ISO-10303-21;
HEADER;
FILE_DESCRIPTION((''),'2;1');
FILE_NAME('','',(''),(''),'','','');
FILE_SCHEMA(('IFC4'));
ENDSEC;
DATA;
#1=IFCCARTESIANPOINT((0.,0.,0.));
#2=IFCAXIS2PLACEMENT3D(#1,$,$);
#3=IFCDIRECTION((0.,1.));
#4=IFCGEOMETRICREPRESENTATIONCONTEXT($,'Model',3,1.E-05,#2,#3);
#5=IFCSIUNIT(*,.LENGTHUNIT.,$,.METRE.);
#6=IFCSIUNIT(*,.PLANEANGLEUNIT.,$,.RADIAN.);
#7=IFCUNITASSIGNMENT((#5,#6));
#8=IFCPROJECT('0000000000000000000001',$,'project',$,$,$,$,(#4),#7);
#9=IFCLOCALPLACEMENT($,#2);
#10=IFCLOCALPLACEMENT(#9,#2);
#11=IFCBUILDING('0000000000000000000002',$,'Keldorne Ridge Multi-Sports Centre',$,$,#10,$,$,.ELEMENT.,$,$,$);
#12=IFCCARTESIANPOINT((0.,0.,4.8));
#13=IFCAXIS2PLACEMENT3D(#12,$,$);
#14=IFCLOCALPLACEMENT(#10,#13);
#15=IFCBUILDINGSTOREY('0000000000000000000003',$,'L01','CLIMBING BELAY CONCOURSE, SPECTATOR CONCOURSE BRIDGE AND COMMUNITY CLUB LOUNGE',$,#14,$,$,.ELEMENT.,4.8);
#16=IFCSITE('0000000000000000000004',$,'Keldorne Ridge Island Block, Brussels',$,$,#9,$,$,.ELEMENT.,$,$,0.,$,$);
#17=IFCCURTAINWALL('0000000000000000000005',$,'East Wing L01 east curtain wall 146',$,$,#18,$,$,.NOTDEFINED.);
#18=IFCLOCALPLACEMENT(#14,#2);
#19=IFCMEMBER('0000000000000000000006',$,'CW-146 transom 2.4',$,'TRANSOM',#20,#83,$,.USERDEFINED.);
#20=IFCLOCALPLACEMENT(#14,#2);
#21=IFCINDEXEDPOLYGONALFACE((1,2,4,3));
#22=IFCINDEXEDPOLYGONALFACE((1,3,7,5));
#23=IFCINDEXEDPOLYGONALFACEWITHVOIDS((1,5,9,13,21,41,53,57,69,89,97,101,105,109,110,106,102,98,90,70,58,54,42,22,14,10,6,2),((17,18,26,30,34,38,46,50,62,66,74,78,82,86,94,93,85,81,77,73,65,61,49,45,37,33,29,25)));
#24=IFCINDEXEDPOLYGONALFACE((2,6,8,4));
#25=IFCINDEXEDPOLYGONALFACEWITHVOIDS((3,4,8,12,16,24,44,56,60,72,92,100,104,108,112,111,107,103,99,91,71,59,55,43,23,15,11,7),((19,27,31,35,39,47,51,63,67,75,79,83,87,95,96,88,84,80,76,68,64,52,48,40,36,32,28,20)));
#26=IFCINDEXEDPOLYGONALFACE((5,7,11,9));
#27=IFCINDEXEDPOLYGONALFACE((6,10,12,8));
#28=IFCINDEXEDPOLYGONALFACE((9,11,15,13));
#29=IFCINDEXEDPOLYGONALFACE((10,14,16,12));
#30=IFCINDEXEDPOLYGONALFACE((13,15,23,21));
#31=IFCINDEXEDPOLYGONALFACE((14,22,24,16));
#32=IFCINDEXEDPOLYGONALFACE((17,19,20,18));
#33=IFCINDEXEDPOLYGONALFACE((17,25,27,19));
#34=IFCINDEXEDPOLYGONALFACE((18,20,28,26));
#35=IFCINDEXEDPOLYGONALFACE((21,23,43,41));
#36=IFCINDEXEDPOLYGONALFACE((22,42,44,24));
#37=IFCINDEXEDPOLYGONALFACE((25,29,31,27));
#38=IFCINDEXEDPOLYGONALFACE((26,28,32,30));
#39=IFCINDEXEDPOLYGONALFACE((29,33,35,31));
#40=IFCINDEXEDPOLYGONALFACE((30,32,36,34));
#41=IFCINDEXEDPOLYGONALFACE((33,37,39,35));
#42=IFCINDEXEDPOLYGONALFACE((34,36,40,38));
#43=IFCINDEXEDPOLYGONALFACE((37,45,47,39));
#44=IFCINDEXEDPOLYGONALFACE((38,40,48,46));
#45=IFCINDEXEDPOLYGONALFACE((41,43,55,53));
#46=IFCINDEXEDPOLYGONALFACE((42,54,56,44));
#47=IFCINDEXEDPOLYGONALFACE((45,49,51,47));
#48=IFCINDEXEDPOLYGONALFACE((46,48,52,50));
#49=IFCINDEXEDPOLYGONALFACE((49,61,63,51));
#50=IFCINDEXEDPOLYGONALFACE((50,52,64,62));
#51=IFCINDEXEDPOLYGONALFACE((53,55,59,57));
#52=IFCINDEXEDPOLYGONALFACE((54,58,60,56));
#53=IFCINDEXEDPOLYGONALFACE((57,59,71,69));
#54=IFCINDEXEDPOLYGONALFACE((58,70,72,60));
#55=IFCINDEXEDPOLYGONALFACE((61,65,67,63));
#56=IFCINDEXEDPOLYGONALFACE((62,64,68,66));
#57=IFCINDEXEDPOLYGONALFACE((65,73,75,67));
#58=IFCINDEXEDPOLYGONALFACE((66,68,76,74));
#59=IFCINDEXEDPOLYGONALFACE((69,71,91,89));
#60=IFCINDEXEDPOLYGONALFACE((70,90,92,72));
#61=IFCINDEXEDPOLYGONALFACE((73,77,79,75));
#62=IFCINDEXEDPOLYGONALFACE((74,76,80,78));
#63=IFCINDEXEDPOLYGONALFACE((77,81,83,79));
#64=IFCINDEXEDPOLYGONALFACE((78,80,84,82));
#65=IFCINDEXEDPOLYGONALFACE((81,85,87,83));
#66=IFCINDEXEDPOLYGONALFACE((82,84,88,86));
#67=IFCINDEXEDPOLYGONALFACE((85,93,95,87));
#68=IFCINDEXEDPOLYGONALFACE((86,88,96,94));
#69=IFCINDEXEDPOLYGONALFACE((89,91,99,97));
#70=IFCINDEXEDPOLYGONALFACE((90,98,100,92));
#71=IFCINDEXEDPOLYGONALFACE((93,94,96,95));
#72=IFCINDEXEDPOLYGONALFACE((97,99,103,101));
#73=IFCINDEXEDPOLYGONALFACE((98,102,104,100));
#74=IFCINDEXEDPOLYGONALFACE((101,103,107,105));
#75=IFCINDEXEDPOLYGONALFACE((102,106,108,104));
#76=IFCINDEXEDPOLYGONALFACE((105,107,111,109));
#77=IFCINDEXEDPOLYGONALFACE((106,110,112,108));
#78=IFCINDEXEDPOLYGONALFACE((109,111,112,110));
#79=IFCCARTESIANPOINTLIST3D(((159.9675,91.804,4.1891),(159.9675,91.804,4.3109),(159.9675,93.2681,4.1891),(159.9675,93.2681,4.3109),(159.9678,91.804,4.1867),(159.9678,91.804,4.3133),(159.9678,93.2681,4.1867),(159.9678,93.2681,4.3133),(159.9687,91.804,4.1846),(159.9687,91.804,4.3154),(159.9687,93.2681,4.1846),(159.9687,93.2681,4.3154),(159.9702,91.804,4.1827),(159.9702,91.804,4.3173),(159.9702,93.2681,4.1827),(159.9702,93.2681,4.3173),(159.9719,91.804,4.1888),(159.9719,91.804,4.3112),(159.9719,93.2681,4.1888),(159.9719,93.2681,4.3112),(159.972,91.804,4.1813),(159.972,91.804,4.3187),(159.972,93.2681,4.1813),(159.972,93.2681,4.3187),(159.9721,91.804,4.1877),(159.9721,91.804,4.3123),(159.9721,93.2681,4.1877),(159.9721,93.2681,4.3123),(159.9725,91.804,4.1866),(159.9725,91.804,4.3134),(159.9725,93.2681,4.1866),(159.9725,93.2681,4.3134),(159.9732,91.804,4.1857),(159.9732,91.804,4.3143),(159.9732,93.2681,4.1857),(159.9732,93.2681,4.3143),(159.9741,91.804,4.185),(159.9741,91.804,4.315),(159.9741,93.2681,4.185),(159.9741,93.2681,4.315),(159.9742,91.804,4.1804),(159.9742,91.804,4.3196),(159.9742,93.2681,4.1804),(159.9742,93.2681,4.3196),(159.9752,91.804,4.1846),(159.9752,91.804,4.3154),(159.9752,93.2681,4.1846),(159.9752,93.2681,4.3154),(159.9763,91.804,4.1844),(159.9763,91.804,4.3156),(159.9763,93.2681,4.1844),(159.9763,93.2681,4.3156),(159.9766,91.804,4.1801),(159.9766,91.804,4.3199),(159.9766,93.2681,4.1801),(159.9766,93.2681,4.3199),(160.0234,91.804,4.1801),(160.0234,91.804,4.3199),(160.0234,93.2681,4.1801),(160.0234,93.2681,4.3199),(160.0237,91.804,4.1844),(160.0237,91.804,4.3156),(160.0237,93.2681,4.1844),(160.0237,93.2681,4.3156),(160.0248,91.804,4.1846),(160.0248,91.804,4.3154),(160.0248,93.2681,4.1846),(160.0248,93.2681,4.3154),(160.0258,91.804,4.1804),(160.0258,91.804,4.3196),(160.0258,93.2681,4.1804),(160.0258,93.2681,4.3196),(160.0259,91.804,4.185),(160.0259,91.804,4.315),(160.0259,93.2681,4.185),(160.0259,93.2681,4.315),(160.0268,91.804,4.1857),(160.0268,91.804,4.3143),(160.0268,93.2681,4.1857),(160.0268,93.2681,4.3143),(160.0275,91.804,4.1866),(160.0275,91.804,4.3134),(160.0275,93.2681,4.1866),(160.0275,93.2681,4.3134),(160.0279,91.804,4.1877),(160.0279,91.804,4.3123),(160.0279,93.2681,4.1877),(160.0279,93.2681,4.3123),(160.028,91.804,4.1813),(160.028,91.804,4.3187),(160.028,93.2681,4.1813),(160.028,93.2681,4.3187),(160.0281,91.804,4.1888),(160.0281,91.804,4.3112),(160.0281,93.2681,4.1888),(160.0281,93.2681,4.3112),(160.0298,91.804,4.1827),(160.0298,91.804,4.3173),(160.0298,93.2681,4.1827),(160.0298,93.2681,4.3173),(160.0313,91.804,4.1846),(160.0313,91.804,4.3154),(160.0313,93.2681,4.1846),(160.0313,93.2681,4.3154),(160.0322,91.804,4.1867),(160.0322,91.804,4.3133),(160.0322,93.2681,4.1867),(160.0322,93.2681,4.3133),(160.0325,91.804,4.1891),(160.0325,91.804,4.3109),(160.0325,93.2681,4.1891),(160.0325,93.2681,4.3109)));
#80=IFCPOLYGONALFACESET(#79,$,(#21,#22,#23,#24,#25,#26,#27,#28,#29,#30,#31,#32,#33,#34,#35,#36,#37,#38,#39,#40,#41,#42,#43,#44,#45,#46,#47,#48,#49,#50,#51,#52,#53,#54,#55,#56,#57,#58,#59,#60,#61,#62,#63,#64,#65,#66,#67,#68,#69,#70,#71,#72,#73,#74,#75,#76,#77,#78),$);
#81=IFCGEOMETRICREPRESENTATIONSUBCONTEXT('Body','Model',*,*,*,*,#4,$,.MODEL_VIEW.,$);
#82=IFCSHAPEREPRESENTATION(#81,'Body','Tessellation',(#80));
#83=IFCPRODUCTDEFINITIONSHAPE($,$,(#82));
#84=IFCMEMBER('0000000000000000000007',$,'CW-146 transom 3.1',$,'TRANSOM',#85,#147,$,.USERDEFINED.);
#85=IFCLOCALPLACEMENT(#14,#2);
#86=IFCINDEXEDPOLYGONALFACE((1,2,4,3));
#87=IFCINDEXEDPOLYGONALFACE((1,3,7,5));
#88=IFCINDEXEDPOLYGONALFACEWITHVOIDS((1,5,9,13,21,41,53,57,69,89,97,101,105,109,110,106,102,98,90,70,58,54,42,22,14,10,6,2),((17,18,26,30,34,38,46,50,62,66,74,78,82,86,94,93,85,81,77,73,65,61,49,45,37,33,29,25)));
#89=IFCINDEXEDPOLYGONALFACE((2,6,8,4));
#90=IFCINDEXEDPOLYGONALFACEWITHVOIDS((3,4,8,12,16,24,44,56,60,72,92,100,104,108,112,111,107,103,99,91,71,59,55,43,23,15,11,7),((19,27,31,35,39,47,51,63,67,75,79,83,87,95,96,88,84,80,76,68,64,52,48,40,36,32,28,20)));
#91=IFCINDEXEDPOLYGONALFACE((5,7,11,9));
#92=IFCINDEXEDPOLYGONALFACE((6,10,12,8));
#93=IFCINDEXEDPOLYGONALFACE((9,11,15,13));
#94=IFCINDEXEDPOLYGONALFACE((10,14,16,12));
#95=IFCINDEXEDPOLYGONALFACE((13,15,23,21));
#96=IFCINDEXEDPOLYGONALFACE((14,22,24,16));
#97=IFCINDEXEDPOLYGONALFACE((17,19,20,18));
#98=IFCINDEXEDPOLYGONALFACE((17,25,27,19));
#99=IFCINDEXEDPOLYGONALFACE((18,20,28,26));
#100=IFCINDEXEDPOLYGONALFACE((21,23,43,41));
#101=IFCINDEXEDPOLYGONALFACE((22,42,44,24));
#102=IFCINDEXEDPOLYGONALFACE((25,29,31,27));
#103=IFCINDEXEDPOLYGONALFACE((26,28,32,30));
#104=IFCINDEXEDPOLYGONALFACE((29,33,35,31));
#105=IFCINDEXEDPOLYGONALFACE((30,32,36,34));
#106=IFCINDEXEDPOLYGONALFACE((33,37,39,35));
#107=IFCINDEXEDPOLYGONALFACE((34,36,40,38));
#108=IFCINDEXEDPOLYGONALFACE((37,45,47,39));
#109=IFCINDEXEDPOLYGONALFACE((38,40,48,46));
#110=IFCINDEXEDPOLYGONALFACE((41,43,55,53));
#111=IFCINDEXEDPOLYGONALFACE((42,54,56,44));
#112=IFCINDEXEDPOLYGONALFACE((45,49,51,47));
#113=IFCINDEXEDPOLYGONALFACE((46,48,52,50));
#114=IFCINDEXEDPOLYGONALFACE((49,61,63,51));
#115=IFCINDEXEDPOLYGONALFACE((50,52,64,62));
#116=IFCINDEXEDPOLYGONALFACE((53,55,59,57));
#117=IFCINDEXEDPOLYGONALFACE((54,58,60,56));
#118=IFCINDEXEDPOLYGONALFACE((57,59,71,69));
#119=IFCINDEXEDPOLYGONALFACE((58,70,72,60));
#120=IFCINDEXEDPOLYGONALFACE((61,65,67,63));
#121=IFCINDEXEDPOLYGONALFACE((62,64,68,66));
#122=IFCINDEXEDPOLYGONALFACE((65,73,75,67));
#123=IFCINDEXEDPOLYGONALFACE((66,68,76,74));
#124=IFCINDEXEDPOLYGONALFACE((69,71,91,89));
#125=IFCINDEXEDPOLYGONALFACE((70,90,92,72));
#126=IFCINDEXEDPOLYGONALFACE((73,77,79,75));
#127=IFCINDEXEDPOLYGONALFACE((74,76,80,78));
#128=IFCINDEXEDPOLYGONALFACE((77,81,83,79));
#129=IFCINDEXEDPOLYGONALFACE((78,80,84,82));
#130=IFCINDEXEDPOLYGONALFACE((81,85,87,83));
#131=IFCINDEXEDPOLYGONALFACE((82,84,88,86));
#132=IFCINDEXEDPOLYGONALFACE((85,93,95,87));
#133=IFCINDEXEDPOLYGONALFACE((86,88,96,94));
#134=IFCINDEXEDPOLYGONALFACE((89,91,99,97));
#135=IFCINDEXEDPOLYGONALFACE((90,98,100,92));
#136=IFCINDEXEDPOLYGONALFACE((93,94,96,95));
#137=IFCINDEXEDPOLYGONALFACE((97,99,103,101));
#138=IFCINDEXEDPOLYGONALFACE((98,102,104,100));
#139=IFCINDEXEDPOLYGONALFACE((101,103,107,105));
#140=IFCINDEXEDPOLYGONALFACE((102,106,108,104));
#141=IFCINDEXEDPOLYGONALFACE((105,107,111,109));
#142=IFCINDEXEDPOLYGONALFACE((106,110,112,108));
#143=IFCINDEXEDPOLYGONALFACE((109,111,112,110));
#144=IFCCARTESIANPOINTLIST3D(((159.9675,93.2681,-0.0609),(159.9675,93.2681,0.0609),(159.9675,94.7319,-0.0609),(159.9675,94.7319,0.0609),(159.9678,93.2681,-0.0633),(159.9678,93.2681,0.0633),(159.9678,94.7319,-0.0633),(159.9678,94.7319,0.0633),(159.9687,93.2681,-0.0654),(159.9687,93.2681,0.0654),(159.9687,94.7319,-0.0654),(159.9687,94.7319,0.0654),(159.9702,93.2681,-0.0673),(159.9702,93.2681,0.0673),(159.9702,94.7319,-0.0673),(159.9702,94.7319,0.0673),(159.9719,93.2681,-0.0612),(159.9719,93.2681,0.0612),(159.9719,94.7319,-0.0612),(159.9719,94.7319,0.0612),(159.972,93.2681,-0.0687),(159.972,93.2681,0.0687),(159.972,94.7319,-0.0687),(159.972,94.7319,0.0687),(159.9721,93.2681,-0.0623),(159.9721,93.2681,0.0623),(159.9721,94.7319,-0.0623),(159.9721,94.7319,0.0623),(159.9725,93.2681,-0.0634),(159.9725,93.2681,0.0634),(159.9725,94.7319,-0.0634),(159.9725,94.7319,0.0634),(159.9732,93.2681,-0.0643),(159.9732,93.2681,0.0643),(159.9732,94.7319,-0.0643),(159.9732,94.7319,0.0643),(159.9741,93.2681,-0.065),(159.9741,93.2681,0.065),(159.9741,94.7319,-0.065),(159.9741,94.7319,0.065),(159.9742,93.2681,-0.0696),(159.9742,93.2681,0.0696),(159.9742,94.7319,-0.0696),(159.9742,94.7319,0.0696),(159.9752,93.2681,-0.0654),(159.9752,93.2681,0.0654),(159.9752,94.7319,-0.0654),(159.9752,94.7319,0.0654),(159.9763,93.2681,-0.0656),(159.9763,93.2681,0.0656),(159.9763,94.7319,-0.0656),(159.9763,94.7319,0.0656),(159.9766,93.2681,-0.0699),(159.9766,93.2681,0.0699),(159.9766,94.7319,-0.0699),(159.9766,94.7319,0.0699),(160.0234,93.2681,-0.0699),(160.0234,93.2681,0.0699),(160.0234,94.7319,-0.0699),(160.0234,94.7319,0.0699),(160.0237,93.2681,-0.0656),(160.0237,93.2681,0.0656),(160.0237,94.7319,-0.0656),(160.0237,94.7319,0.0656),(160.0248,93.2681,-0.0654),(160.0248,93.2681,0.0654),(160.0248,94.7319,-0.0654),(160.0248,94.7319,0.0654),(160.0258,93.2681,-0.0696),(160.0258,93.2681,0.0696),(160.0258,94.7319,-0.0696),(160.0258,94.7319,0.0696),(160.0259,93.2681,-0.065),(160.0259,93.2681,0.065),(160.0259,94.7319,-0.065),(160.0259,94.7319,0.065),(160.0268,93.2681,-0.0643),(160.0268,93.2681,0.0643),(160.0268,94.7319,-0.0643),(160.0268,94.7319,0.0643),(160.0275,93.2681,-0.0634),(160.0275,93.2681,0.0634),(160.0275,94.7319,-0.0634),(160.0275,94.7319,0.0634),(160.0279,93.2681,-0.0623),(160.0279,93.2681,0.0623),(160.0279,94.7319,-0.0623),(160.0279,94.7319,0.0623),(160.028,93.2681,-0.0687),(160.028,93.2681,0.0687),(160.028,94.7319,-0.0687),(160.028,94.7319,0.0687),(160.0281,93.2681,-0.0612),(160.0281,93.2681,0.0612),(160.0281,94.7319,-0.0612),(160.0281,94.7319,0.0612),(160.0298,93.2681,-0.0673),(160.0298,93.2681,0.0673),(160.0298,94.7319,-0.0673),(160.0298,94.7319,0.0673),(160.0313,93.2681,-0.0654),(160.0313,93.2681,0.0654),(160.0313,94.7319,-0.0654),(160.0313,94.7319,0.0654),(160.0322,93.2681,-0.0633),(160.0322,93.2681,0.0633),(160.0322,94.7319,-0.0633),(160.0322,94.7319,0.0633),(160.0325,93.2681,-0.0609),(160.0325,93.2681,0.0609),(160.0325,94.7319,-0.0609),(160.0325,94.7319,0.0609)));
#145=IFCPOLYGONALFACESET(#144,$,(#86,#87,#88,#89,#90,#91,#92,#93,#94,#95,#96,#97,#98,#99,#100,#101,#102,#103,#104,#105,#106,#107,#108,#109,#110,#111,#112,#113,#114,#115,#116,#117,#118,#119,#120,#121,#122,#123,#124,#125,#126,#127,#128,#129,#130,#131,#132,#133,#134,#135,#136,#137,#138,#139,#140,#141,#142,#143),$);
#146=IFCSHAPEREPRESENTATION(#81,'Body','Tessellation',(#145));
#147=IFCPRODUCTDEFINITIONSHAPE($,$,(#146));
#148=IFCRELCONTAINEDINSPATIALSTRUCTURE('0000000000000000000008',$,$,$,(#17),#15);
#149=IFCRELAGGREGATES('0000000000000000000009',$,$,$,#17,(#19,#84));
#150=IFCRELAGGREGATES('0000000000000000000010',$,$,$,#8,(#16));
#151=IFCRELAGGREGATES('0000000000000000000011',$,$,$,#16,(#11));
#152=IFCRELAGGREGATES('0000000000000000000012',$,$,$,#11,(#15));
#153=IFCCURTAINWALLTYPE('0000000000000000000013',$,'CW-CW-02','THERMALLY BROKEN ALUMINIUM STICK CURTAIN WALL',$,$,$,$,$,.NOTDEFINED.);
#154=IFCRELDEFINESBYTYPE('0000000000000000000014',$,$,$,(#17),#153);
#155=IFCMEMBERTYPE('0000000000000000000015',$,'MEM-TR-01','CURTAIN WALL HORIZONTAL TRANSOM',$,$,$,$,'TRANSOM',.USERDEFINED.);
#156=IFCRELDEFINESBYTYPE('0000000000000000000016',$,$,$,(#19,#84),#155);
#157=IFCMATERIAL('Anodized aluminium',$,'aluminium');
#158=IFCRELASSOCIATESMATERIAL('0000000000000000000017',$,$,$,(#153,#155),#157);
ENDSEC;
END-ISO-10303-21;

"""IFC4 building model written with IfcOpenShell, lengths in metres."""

from ifc_helpers import new_model, si_unit, direction, frame, origin, origin_2d, place, context, subcontext, project, spatial, hollow_rectangle, extrude, material, material_profile, profile_set, type_object, element, aggregate, save


model = new_model("IFC4")

# Units and contexts
model_context = context("Model", 3, precision=1e-05, world=origin(), true_north=direction((0.0, 1.0)))
body_context = subcontext(model_context, "Body", "Model", "MODEL_VIEW")
ifc_project = project(units=[si_unit("LENGTHUNIT", "METRE"), si_unit("PLANEANGLEUNIT", "RADIAN")], contexts=[model_context])

# Site, building, storey
site_placement = place(None, origin())
site = spatial("IfcSite", under=ifc_project, at=site_placement, Name="Keldorne Ridge Island Block, Brussels", CompositionType="ELEMENT", RefElevation=0.0)
building_placement = place(site_placement, origin())
building = spatial("IfcBuilding", under=site, at=building_placement, Name="Keldorne Ridge Multi-Sports Centre", CompositionType="ELEMENT")
storey_placement = place(building_placement, frame((0.0, 0.0, 4.8)))
storey = spatial("IfcBuildingStorey", under=building, at=storey_placement, Name="L01", Description="CLIMBING BELAY CONCOURSE, SPECTATOR CONCOURSE BRIDGE AND COMMUNITY CLUB LOUNGE", CompositionType="ELEMENT", Elevation=4.8)

# Curtain wall, members
ifc_material_1 = material(Name="Anodized aluminium", Category="aluminium")
curtain_wall_type = type_object("IfcCurtainWallType", Name="CW-CW-02", Description="THERMALLY BROKEN ALUMINIUM STICK CURTAIN WALL", PredefinedType="NOTDEFINED", material=ifc_material_1)
curtain_wall_placement = place(storey_placement, origin())
curtain_wall = element("IfcCurtainWall", 1, at=curtain_wall_placement, inside=storey, type_object=curtain_wall_type, Name="East Wing L01 east curtain wall 146", PredefinedType="NOTDEFINED")
ifc_material_profile_1 = material_profile(ifc_material_1, hollow_rectangle(XDim=0.0649, YDim=0.1399, WallThickness=0.0044, InnerFilletRadius=0.0044, OuterFilletRadius=0.009, at=origin_2d()), Name="ALU TRANSOM 140x65x4.5")
ifc_profile_set_1 = profile_set([ifc_material_profile_1], Name="Anodized aluminium")
member_type_1 = type_object("IfcMemberType", Name="MEM-TR-01", Description="CURTAIN WALL HORIZONTAL TRANSOM", ElementType="TRANSOM", PredefinedType="USERDEFINED", material=ifc_profile_set_1)
member_1_placement = place(storey_placement, frame((160.0, 91.804, 4.25), z_axis=(0.0, 1.0, 0.0), x_axis=(-1.0, 0.0, 0.0)))
member_1 = element("IfcMember", 2, at=member_1_placement, type_object=member_type_1, Name="CW-146 transom 2.4", ObjectType="TRANSOM", PredefinedType="USERDEFINED", context=body_context, shape_type="SweptSolid", body=[
    extrude(hollow_rectangle(XDim=0.0649, YDim=0.1399, WallThickness=0.0044, InnerFilletRadius=0.0044, OuterFilletRadius=0.009, at=origin_2d()), origin(), (0.0, 0.0, 1.0), 1.4641),
])
member_2_placement = place(storey_placement, frame((160.0, 93.2681, 0.0), z_axis=(0.0, 1.0, 0.0), x_axis=(-1.0, 0.0, 0.0)))
member_2 = element("IfcMember", 3, at=member_2_placement, type_object=member_type_1, Name="CW-146 transom 3.1", ObjectType="TRANSOM", PredefinedType="USERDEFINED", context=body_context, shape_type="SweptSolid", body=[
    extrude(hollow_rectangle(XDim=0.0649, YDim=0.1399, WallThickness=0.0044, InnerFilletRadius=0.0044, OuterFilletRadius=0.009, at=origin_2d()), origin(), (0.0, 0.0, 1.0), 1.4639),
])
aggregate(curtain_wall, [member_1, member_2])

save(model, "model.ifc")
